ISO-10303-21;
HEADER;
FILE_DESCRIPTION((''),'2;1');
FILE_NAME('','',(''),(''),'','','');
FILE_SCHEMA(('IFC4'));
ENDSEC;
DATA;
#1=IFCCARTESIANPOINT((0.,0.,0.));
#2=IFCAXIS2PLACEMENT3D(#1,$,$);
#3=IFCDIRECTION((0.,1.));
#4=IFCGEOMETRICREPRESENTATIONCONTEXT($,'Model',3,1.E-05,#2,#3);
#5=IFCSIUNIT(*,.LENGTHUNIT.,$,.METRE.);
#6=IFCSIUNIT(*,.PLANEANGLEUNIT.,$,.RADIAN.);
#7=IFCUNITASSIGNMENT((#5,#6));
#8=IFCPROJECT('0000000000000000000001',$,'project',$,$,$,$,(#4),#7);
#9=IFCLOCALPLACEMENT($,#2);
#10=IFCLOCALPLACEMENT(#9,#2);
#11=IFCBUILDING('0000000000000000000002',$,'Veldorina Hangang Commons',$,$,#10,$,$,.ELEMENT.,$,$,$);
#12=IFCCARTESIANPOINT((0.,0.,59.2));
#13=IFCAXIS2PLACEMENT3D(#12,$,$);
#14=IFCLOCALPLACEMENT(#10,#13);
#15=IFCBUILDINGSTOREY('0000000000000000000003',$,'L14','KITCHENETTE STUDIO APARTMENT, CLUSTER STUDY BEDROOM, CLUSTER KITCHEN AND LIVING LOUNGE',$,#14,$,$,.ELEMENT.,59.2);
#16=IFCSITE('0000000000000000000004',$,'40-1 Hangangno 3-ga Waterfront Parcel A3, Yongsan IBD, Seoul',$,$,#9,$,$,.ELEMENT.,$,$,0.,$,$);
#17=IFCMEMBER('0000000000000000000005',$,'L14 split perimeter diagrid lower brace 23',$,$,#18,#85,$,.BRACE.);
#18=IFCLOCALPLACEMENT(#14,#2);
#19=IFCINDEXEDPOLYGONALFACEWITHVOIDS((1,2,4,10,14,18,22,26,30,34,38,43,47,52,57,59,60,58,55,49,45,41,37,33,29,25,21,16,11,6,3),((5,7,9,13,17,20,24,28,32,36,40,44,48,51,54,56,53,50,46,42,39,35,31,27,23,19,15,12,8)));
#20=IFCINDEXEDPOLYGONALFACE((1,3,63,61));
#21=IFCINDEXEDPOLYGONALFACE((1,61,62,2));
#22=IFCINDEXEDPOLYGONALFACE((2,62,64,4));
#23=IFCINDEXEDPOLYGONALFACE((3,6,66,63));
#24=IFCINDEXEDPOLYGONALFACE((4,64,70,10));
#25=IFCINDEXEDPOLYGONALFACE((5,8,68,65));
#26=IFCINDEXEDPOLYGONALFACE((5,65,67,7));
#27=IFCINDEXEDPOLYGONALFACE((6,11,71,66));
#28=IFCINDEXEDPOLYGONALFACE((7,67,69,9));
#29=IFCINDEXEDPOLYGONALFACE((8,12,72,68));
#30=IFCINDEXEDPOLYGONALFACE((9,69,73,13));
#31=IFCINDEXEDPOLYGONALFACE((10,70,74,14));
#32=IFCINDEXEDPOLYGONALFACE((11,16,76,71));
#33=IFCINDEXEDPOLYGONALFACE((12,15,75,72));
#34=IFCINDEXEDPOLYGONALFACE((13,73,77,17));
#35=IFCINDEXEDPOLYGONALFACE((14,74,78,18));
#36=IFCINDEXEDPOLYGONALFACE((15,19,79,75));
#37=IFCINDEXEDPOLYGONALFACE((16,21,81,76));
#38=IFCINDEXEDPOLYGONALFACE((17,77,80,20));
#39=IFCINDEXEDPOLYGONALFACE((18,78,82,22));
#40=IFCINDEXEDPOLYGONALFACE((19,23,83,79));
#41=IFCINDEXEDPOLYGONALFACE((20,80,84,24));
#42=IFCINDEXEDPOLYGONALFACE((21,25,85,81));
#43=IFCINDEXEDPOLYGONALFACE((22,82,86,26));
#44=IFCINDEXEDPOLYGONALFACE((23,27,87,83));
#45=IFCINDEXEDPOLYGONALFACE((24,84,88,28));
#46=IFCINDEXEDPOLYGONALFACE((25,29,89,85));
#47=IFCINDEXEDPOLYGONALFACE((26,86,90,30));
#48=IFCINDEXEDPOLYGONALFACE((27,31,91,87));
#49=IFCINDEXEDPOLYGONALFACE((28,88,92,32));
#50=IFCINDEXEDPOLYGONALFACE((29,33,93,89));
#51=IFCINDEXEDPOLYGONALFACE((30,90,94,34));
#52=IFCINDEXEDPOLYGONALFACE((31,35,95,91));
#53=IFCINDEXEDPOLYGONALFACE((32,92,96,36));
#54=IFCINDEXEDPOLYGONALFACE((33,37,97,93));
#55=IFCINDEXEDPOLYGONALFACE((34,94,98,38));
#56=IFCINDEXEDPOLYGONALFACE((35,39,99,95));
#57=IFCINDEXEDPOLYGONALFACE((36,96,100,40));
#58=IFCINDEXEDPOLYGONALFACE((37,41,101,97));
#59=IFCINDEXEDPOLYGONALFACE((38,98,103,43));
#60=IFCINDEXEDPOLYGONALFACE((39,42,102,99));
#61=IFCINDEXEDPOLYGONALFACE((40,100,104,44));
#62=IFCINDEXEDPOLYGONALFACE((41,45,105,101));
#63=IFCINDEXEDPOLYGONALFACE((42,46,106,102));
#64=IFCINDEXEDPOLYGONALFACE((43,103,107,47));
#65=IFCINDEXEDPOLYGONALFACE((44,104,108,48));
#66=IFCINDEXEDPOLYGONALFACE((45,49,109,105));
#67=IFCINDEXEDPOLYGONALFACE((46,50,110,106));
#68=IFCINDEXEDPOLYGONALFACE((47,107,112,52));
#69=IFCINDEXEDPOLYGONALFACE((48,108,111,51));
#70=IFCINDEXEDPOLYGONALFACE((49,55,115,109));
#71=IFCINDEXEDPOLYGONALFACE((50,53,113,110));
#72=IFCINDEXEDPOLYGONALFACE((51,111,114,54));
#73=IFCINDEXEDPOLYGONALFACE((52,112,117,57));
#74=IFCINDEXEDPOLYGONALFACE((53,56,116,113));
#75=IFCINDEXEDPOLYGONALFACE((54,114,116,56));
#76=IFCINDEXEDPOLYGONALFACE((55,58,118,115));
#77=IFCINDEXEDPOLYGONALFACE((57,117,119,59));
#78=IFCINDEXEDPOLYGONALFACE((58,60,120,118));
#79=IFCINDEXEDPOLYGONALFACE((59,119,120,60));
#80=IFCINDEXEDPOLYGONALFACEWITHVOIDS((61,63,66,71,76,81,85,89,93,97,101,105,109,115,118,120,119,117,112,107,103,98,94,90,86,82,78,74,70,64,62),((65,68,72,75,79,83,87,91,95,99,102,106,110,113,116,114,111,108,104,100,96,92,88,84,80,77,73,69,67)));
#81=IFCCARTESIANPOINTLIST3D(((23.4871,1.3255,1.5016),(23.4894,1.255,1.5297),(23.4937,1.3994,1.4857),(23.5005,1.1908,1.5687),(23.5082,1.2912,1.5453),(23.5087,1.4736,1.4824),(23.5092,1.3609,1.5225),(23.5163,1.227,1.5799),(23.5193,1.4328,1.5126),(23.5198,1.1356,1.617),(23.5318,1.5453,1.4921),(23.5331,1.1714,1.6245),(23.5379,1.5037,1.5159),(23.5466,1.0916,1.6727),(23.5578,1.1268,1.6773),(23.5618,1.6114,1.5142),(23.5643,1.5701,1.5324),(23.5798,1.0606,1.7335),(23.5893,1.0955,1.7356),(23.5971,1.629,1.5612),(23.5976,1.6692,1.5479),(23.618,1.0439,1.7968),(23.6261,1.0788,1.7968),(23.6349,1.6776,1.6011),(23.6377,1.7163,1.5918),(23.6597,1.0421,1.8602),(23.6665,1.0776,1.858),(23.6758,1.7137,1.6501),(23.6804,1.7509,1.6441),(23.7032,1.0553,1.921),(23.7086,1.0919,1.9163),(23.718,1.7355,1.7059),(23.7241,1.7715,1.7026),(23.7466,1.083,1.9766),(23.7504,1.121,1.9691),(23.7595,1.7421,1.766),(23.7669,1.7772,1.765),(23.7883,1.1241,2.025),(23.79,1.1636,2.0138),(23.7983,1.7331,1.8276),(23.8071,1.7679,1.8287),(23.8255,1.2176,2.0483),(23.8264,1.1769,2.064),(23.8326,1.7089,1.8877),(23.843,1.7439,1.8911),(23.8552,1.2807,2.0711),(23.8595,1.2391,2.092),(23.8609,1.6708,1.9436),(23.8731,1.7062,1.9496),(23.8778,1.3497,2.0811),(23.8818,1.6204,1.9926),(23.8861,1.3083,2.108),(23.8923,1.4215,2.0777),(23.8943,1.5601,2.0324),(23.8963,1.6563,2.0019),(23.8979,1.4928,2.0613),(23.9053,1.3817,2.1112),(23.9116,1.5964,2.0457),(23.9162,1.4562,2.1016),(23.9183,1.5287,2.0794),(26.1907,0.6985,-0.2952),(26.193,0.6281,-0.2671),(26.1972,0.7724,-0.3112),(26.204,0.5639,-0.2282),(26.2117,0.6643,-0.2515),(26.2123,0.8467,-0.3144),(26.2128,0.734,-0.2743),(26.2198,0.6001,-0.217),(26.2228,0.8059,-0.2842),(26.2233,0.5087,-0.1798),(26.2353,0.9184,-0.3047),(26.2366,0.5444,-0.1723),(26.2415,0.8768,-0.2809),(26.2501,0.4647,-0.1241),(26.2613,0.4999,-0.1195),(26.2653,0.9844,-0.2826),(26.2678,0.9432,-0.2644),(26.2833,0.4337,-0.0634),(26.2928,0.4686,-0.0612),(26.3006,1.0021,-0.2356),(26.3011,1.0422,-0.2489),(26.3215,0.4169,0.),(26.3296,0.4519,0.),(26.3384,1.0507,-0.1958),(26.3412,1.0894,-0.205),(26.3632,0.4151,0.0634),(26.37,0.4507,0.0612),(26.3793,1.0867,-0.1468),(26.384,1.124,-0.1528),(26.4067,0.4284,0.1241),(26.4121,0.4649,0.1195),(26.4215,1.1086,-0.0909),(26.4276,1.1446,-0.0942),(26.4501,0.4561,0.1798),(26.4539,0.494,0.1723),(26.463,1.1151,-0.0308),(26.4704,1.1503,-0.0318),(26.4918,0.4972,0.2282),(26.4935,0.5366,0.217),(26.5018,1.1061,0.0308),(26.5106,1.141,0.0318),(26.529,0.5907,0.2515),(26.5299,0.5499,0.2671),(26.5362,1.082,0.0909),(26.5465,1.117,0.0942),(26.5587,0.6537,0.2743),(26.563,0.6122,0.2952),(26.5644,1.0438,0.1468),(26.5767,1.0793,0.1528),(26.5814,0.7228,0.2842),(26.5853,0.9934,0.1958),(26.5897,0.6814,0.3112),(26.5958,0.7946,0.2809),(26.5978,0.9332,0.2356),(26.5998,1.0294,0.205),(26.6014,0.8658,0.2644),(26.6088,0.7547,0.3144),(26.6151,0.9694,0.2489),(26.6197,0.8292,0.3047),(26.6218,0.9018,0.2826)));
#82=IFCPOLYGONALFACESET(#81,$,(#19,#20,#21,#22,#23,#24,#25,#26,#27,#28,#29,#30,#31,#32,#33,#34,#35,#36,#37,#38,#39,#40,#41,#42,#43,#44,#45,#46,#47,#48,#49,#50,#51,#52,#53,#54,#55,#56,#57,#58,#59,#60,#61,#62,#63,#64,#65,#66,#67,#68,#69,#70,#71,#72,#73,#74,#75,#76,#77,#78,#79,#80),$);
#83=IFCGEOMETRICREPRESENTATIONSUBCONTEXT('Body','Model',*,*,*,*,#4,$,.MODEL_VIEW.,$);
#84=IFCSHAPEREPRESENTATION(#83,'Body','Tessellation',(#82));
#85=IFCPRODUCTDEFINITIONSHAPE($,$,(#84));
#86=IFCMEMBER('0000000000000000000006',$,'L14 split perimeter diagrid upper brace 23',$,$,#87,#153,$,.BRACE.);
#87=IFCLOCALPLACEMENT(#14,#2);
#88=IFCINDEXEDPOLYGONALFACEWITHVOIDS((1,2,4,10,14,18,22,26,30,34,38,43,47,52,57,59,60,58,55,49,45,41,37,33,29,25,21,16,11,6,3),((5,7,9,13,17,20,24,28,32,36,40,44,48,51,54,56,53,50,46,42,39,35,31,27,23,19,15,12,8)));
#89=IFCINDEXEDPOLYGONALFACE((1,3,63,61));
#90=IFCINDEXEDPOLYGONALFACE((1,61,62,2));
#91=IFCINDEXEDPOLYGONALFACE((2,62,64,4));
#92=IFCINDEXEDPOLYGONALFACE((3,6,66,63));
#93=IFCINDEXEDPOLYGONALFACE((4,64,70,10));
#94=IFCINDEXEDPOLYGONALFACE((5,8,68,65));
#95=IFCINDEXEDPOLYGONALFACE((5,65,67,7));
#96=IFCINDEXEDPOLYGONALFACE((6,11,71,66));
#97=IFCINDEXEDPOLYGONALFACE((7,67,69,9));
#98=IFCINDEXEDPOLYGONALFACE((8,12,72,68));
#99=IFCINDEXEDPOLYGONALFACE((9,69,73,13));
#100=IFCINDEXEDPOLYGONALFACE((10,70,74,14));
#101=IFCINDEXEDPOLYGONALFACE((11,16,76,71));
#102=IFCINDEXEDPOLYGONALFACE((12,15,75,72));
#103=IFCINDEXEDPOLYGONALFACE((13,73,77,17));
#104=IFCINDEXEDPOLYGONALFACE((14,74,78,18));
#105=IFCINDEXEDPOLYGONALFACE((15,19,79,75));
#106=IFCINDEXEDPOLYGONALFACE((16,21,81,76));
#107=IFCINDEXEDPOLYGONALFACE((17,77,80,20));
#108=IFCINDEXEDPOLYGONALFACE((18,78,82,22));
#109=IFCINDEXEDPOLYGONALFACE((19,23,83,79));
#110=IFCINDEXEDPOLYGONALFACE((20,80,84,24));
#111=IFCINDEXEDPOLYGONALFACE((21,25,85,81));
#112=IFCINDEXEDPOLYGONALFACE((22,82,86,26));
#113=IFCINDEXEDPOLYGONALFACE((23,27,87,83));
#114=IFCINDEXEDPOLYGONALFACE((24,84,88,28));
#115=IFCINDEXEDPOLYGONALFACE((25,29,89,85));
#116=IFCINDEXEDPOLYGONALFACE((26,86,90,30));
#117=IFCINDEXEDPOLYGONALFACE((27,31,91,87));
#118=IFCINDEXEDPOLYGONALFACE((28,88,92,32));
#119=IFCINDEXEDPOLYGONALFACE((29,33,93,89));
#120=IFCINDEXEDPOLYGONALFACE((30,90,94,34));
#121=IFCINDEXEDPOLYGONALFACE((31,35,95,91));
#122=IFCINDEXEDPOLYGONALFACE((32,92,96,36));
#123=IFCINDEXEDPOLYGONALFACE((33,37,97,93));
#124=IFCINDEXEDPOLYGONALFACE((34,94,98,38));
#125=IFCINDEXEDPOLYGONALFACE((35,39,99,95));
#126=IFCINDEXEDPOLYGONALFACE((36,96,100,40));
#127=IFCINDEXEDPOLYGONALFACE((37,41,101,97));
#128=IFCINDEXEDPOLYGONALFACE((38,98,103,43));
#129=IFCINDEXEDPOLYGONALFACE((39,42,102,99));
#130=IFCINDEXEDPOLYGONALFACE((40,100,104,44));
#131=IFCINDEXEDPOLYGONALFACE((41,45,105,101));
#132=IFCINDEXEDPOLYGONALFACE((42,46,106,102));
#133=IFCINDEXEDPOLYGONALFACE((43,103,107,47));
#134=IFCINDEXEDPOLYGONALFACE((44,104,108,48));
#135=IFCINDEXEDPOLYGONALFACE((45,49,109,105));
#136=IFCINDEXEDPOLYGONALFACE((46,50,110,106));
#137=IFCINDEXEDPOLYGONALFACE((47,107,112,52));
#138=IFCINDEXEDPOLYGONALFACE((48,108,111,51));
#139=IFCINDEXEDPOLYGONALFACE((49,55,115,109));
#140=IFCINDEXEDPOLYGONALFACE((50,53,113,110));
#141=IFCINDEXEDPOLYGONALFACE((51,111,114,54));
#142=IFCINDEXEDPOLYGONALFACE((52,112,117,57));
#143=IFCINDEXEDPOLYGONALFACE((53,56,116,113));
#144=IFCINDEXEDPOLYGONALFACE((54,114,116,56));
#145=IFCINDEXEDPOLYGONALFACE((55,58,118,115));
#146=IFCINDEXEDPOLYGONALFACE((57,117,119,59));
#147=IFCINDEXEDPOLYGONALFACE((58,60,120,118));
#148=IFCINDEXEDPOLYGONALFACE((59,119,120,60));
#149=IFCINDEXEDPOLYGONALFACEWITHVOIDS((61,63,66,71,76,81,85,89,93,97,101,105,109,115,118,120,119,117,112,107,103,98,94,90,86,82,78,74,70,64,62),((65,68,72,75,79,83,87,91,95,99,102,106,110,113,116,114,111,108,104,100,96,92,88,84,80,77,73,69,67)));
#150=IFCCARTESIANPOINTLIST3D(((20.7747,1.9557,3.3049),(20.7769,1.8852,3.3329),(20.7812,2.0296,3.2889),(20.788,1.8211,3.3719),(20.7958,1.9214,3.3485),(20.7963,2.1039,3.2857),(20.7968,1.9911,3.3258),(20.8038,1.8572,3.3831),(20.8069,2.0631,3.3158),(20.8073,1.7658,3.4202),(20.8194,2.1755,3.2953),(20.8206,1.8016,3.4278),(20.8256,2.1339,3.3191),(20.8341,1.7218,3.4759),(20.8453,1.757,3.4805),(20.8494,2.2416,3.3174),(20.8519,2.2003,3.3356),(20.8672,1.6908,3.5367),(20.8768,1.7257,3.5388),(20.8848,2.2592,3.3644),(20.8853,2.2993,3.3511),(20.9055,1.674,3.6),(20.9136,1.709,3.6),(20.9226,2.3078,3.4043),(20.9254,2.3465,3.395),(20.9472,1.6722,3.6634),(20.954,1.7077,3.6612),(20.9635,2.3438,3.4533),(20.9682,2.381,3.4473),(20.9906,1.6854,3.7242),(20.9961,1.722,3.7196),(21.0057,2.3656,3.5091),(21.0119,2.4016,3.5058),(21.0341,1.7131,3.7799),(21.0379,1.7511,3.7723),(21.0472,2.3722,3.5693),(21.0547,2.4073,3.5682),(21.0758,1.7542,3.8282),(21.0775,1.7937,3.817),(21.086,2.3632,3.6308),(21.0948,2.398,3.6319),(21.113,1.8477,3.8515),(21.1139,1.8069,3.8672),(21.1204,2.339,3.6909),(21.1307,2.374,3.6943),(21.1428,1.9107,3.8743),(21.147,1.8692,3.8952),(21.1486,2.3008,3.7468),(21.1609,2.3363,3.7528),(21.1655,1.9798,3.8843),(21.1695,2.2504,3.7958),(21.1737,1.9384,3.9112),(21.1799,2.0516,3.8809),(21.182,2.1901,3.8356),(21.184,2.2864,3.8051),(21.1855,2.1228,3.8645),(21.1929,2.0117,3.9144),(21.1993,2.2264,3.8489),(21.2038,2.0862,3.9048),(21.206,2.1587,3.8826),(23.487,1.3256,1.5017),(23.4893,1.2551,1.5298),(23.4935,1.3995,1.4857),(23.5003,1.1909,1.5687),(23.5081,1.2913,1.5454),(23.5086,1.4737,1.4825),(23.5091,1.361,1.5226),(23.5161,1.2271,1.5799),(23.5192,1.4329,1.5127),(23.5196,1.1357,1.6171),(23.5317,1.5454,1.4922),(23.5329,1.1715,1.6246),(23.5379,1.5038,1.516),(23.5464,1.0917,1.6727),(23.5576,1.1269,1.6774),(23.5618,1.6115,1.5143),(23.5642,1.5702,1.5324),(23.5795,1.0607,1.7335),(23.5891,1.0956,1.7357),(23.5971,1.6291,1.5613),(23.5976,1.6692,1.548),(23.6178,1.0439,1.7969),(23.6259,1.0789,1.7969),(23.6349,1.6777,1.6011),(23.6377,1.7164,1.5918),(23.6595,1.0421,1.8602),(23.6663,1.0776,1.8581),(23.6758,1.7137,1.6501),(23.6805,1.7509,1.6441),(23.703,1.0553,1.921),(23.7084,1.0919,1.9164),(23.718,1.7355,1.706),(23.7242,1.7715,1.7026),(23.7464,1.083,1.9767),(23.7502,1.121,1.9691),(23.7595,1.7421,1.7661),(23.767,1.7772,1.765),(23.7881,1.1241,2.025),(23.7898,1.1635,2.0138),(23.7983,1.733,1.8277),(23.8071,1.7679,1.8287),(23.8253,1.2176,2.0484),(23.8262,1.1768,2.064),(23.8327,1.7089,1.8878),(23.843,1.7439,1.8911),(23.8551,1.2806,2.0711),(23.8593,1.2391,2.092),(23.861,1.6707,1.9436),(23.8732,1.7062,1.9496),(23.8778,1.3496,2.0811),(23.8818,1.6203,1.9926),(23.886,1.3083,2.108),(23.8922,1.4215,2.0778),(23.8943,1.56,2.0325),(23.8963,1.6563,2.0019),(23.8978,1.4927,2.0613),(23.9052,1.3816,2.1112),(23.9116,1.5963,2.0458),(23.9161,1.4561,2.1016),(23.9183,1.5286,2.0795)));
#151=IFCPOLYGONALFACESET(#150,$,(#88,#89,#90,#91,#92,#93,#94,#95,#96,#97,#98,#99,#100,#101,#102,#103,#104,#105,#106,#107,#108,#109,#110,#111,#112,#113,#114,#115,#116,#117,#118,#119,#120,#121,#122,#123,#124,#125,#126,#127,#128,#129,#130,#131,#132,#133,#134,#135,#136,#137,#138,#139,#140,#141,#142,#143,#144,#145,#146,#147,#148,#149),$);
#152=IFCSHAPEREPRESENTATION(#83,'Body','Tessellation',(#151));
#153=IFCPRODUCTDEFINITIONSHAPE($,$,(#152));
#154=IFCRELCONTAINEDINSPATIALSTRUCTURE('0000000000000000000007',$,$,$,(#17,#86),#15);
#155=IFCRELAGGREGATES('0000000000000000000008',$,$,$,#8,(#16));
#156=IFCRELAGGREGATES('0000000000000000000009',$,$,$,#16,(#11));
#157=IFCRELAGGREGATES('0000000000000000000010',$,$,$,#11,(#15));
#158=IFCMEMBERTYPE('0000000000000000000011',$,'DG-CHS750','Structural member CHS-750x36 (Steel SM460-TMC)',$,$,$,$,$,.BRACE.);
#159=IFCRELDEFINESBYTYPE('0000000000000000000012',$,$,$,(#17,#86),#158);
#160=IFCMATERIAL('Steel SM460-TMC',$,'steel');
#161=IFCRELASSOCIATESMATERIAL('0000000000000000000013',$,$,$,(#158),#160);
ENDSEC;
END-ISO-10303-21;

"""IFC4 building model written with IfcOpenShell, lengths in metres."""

from ifc_helpers import new_model, si_unit, direction, frame, origin, origin_2d, place, context, subcontext, project, spatial, hollow_circle, extrude, material, material_profile, profile_set, type_object, element, save


model = new_model("IFC4")

# Units and contexts
model_context = context("Model", 3, precision=1e-05, world=origin(), true_north=direction((0.0, 1.0)))
body_context = subcontext(model_context, "Body", "Model", "MODEL_VIEW")
ifc_project = project(units=[si_unit("LENGTHUNIT", "METRE"), si_unit("PLANEANGLEUNIT", "RADIAN")], contexts=[model_context])

# Site, building, storey
site_placement = place(None, origin())
site = spatial("IfcSite", under=ifc_project, at=site_placement, Name="40-1 Hangangno 3-ga Waterfront Parcel A3, Yongsan IBD, Seoul", CompositionType="ELEMENT", RefElevation=0.0)
building_placement = place(site_placement, origin())
building = spatial("IfcBuilding", under=site, at=building_placement, Name="Veldorina Hangang Commons", CompositionType="ELEMENT")
storey_placement = place(building_placement, frame((0.0, 0.0, 59.2)))
storey = spatial("IfcBuildingStorey", under=building, at=storey_placement, Name="L14", Description="KITCHENETTE STUDIO APARTMENT, CLUSTER STUDY BEDROOM, CLUSTER KITCHEN AND LIVING LOUNGE", CompositionType="ELEMENT", Elevation=59.2)

# Shared definitions
ifc_material_1 = material(Name="Steel SM460-TMC", Category="steel")

# Members
ifc_material_profile_1 = material_profile(ifc_material_1, hollow_circle(Radius=0.375, WallThickness=0.0359, at=origin_2d()), Name="CHS-750x36")
ifc_profile_set_1 = profile_set([ifc_material_profile_1], Name="Steel SM460-TMC")
member_type_1 = type_object("IfcMemberType", Name="DG-CHS750", Description="Structural member CHS-750x36 (Steel SM460-TMC)", PredefinedType="BRACE", material=ifc_profile_set_1)
member_1_placement = place(storey_placement, frame((26.4062, 0.7822, 0.0), z_axis=(-0.817726, 0.189626, 0.543477), x_axis=(-0.2259, -0.97415, 0.0)))
element("IfcMember", 1, at=member_1_placement, inside=storey, type_object=member_type_1, Name="L14 split perimeter diagrid lower brace 23", PredefinedType="BRACE", context=body_context, shape_type="SweptSolid", body=[
    extrude(hollow_circle(Radius=0.375, WallThickness=0.0359, at=origin_2d()), origin(), (0.0, 0.0, 1.0), 3.3062),
])
member_2_placement = place(storey_placement, frame((23.7026, 1.4092, 1.7969), z_axis=(-0.817605, 0.18994, 0.543549), x_axis=(-0.226287, -0.974061, 0.0)))
element("IfcMember", 2, at=member_2_placement, inside=storey, type_object=member_type_1, Name="L14 split perimeter diagrid upper brace 23", PredefinedType="BRACE", context=body_context, shape_type="SweptSolid", body=[
    extrude(hollow_circle(Radius=0.375, WallThickness=0.0359, at=origin_2d()), origin(), (0.0, 0.0, 1.0), 3.3174),
])

save(model, "model.ifc")
